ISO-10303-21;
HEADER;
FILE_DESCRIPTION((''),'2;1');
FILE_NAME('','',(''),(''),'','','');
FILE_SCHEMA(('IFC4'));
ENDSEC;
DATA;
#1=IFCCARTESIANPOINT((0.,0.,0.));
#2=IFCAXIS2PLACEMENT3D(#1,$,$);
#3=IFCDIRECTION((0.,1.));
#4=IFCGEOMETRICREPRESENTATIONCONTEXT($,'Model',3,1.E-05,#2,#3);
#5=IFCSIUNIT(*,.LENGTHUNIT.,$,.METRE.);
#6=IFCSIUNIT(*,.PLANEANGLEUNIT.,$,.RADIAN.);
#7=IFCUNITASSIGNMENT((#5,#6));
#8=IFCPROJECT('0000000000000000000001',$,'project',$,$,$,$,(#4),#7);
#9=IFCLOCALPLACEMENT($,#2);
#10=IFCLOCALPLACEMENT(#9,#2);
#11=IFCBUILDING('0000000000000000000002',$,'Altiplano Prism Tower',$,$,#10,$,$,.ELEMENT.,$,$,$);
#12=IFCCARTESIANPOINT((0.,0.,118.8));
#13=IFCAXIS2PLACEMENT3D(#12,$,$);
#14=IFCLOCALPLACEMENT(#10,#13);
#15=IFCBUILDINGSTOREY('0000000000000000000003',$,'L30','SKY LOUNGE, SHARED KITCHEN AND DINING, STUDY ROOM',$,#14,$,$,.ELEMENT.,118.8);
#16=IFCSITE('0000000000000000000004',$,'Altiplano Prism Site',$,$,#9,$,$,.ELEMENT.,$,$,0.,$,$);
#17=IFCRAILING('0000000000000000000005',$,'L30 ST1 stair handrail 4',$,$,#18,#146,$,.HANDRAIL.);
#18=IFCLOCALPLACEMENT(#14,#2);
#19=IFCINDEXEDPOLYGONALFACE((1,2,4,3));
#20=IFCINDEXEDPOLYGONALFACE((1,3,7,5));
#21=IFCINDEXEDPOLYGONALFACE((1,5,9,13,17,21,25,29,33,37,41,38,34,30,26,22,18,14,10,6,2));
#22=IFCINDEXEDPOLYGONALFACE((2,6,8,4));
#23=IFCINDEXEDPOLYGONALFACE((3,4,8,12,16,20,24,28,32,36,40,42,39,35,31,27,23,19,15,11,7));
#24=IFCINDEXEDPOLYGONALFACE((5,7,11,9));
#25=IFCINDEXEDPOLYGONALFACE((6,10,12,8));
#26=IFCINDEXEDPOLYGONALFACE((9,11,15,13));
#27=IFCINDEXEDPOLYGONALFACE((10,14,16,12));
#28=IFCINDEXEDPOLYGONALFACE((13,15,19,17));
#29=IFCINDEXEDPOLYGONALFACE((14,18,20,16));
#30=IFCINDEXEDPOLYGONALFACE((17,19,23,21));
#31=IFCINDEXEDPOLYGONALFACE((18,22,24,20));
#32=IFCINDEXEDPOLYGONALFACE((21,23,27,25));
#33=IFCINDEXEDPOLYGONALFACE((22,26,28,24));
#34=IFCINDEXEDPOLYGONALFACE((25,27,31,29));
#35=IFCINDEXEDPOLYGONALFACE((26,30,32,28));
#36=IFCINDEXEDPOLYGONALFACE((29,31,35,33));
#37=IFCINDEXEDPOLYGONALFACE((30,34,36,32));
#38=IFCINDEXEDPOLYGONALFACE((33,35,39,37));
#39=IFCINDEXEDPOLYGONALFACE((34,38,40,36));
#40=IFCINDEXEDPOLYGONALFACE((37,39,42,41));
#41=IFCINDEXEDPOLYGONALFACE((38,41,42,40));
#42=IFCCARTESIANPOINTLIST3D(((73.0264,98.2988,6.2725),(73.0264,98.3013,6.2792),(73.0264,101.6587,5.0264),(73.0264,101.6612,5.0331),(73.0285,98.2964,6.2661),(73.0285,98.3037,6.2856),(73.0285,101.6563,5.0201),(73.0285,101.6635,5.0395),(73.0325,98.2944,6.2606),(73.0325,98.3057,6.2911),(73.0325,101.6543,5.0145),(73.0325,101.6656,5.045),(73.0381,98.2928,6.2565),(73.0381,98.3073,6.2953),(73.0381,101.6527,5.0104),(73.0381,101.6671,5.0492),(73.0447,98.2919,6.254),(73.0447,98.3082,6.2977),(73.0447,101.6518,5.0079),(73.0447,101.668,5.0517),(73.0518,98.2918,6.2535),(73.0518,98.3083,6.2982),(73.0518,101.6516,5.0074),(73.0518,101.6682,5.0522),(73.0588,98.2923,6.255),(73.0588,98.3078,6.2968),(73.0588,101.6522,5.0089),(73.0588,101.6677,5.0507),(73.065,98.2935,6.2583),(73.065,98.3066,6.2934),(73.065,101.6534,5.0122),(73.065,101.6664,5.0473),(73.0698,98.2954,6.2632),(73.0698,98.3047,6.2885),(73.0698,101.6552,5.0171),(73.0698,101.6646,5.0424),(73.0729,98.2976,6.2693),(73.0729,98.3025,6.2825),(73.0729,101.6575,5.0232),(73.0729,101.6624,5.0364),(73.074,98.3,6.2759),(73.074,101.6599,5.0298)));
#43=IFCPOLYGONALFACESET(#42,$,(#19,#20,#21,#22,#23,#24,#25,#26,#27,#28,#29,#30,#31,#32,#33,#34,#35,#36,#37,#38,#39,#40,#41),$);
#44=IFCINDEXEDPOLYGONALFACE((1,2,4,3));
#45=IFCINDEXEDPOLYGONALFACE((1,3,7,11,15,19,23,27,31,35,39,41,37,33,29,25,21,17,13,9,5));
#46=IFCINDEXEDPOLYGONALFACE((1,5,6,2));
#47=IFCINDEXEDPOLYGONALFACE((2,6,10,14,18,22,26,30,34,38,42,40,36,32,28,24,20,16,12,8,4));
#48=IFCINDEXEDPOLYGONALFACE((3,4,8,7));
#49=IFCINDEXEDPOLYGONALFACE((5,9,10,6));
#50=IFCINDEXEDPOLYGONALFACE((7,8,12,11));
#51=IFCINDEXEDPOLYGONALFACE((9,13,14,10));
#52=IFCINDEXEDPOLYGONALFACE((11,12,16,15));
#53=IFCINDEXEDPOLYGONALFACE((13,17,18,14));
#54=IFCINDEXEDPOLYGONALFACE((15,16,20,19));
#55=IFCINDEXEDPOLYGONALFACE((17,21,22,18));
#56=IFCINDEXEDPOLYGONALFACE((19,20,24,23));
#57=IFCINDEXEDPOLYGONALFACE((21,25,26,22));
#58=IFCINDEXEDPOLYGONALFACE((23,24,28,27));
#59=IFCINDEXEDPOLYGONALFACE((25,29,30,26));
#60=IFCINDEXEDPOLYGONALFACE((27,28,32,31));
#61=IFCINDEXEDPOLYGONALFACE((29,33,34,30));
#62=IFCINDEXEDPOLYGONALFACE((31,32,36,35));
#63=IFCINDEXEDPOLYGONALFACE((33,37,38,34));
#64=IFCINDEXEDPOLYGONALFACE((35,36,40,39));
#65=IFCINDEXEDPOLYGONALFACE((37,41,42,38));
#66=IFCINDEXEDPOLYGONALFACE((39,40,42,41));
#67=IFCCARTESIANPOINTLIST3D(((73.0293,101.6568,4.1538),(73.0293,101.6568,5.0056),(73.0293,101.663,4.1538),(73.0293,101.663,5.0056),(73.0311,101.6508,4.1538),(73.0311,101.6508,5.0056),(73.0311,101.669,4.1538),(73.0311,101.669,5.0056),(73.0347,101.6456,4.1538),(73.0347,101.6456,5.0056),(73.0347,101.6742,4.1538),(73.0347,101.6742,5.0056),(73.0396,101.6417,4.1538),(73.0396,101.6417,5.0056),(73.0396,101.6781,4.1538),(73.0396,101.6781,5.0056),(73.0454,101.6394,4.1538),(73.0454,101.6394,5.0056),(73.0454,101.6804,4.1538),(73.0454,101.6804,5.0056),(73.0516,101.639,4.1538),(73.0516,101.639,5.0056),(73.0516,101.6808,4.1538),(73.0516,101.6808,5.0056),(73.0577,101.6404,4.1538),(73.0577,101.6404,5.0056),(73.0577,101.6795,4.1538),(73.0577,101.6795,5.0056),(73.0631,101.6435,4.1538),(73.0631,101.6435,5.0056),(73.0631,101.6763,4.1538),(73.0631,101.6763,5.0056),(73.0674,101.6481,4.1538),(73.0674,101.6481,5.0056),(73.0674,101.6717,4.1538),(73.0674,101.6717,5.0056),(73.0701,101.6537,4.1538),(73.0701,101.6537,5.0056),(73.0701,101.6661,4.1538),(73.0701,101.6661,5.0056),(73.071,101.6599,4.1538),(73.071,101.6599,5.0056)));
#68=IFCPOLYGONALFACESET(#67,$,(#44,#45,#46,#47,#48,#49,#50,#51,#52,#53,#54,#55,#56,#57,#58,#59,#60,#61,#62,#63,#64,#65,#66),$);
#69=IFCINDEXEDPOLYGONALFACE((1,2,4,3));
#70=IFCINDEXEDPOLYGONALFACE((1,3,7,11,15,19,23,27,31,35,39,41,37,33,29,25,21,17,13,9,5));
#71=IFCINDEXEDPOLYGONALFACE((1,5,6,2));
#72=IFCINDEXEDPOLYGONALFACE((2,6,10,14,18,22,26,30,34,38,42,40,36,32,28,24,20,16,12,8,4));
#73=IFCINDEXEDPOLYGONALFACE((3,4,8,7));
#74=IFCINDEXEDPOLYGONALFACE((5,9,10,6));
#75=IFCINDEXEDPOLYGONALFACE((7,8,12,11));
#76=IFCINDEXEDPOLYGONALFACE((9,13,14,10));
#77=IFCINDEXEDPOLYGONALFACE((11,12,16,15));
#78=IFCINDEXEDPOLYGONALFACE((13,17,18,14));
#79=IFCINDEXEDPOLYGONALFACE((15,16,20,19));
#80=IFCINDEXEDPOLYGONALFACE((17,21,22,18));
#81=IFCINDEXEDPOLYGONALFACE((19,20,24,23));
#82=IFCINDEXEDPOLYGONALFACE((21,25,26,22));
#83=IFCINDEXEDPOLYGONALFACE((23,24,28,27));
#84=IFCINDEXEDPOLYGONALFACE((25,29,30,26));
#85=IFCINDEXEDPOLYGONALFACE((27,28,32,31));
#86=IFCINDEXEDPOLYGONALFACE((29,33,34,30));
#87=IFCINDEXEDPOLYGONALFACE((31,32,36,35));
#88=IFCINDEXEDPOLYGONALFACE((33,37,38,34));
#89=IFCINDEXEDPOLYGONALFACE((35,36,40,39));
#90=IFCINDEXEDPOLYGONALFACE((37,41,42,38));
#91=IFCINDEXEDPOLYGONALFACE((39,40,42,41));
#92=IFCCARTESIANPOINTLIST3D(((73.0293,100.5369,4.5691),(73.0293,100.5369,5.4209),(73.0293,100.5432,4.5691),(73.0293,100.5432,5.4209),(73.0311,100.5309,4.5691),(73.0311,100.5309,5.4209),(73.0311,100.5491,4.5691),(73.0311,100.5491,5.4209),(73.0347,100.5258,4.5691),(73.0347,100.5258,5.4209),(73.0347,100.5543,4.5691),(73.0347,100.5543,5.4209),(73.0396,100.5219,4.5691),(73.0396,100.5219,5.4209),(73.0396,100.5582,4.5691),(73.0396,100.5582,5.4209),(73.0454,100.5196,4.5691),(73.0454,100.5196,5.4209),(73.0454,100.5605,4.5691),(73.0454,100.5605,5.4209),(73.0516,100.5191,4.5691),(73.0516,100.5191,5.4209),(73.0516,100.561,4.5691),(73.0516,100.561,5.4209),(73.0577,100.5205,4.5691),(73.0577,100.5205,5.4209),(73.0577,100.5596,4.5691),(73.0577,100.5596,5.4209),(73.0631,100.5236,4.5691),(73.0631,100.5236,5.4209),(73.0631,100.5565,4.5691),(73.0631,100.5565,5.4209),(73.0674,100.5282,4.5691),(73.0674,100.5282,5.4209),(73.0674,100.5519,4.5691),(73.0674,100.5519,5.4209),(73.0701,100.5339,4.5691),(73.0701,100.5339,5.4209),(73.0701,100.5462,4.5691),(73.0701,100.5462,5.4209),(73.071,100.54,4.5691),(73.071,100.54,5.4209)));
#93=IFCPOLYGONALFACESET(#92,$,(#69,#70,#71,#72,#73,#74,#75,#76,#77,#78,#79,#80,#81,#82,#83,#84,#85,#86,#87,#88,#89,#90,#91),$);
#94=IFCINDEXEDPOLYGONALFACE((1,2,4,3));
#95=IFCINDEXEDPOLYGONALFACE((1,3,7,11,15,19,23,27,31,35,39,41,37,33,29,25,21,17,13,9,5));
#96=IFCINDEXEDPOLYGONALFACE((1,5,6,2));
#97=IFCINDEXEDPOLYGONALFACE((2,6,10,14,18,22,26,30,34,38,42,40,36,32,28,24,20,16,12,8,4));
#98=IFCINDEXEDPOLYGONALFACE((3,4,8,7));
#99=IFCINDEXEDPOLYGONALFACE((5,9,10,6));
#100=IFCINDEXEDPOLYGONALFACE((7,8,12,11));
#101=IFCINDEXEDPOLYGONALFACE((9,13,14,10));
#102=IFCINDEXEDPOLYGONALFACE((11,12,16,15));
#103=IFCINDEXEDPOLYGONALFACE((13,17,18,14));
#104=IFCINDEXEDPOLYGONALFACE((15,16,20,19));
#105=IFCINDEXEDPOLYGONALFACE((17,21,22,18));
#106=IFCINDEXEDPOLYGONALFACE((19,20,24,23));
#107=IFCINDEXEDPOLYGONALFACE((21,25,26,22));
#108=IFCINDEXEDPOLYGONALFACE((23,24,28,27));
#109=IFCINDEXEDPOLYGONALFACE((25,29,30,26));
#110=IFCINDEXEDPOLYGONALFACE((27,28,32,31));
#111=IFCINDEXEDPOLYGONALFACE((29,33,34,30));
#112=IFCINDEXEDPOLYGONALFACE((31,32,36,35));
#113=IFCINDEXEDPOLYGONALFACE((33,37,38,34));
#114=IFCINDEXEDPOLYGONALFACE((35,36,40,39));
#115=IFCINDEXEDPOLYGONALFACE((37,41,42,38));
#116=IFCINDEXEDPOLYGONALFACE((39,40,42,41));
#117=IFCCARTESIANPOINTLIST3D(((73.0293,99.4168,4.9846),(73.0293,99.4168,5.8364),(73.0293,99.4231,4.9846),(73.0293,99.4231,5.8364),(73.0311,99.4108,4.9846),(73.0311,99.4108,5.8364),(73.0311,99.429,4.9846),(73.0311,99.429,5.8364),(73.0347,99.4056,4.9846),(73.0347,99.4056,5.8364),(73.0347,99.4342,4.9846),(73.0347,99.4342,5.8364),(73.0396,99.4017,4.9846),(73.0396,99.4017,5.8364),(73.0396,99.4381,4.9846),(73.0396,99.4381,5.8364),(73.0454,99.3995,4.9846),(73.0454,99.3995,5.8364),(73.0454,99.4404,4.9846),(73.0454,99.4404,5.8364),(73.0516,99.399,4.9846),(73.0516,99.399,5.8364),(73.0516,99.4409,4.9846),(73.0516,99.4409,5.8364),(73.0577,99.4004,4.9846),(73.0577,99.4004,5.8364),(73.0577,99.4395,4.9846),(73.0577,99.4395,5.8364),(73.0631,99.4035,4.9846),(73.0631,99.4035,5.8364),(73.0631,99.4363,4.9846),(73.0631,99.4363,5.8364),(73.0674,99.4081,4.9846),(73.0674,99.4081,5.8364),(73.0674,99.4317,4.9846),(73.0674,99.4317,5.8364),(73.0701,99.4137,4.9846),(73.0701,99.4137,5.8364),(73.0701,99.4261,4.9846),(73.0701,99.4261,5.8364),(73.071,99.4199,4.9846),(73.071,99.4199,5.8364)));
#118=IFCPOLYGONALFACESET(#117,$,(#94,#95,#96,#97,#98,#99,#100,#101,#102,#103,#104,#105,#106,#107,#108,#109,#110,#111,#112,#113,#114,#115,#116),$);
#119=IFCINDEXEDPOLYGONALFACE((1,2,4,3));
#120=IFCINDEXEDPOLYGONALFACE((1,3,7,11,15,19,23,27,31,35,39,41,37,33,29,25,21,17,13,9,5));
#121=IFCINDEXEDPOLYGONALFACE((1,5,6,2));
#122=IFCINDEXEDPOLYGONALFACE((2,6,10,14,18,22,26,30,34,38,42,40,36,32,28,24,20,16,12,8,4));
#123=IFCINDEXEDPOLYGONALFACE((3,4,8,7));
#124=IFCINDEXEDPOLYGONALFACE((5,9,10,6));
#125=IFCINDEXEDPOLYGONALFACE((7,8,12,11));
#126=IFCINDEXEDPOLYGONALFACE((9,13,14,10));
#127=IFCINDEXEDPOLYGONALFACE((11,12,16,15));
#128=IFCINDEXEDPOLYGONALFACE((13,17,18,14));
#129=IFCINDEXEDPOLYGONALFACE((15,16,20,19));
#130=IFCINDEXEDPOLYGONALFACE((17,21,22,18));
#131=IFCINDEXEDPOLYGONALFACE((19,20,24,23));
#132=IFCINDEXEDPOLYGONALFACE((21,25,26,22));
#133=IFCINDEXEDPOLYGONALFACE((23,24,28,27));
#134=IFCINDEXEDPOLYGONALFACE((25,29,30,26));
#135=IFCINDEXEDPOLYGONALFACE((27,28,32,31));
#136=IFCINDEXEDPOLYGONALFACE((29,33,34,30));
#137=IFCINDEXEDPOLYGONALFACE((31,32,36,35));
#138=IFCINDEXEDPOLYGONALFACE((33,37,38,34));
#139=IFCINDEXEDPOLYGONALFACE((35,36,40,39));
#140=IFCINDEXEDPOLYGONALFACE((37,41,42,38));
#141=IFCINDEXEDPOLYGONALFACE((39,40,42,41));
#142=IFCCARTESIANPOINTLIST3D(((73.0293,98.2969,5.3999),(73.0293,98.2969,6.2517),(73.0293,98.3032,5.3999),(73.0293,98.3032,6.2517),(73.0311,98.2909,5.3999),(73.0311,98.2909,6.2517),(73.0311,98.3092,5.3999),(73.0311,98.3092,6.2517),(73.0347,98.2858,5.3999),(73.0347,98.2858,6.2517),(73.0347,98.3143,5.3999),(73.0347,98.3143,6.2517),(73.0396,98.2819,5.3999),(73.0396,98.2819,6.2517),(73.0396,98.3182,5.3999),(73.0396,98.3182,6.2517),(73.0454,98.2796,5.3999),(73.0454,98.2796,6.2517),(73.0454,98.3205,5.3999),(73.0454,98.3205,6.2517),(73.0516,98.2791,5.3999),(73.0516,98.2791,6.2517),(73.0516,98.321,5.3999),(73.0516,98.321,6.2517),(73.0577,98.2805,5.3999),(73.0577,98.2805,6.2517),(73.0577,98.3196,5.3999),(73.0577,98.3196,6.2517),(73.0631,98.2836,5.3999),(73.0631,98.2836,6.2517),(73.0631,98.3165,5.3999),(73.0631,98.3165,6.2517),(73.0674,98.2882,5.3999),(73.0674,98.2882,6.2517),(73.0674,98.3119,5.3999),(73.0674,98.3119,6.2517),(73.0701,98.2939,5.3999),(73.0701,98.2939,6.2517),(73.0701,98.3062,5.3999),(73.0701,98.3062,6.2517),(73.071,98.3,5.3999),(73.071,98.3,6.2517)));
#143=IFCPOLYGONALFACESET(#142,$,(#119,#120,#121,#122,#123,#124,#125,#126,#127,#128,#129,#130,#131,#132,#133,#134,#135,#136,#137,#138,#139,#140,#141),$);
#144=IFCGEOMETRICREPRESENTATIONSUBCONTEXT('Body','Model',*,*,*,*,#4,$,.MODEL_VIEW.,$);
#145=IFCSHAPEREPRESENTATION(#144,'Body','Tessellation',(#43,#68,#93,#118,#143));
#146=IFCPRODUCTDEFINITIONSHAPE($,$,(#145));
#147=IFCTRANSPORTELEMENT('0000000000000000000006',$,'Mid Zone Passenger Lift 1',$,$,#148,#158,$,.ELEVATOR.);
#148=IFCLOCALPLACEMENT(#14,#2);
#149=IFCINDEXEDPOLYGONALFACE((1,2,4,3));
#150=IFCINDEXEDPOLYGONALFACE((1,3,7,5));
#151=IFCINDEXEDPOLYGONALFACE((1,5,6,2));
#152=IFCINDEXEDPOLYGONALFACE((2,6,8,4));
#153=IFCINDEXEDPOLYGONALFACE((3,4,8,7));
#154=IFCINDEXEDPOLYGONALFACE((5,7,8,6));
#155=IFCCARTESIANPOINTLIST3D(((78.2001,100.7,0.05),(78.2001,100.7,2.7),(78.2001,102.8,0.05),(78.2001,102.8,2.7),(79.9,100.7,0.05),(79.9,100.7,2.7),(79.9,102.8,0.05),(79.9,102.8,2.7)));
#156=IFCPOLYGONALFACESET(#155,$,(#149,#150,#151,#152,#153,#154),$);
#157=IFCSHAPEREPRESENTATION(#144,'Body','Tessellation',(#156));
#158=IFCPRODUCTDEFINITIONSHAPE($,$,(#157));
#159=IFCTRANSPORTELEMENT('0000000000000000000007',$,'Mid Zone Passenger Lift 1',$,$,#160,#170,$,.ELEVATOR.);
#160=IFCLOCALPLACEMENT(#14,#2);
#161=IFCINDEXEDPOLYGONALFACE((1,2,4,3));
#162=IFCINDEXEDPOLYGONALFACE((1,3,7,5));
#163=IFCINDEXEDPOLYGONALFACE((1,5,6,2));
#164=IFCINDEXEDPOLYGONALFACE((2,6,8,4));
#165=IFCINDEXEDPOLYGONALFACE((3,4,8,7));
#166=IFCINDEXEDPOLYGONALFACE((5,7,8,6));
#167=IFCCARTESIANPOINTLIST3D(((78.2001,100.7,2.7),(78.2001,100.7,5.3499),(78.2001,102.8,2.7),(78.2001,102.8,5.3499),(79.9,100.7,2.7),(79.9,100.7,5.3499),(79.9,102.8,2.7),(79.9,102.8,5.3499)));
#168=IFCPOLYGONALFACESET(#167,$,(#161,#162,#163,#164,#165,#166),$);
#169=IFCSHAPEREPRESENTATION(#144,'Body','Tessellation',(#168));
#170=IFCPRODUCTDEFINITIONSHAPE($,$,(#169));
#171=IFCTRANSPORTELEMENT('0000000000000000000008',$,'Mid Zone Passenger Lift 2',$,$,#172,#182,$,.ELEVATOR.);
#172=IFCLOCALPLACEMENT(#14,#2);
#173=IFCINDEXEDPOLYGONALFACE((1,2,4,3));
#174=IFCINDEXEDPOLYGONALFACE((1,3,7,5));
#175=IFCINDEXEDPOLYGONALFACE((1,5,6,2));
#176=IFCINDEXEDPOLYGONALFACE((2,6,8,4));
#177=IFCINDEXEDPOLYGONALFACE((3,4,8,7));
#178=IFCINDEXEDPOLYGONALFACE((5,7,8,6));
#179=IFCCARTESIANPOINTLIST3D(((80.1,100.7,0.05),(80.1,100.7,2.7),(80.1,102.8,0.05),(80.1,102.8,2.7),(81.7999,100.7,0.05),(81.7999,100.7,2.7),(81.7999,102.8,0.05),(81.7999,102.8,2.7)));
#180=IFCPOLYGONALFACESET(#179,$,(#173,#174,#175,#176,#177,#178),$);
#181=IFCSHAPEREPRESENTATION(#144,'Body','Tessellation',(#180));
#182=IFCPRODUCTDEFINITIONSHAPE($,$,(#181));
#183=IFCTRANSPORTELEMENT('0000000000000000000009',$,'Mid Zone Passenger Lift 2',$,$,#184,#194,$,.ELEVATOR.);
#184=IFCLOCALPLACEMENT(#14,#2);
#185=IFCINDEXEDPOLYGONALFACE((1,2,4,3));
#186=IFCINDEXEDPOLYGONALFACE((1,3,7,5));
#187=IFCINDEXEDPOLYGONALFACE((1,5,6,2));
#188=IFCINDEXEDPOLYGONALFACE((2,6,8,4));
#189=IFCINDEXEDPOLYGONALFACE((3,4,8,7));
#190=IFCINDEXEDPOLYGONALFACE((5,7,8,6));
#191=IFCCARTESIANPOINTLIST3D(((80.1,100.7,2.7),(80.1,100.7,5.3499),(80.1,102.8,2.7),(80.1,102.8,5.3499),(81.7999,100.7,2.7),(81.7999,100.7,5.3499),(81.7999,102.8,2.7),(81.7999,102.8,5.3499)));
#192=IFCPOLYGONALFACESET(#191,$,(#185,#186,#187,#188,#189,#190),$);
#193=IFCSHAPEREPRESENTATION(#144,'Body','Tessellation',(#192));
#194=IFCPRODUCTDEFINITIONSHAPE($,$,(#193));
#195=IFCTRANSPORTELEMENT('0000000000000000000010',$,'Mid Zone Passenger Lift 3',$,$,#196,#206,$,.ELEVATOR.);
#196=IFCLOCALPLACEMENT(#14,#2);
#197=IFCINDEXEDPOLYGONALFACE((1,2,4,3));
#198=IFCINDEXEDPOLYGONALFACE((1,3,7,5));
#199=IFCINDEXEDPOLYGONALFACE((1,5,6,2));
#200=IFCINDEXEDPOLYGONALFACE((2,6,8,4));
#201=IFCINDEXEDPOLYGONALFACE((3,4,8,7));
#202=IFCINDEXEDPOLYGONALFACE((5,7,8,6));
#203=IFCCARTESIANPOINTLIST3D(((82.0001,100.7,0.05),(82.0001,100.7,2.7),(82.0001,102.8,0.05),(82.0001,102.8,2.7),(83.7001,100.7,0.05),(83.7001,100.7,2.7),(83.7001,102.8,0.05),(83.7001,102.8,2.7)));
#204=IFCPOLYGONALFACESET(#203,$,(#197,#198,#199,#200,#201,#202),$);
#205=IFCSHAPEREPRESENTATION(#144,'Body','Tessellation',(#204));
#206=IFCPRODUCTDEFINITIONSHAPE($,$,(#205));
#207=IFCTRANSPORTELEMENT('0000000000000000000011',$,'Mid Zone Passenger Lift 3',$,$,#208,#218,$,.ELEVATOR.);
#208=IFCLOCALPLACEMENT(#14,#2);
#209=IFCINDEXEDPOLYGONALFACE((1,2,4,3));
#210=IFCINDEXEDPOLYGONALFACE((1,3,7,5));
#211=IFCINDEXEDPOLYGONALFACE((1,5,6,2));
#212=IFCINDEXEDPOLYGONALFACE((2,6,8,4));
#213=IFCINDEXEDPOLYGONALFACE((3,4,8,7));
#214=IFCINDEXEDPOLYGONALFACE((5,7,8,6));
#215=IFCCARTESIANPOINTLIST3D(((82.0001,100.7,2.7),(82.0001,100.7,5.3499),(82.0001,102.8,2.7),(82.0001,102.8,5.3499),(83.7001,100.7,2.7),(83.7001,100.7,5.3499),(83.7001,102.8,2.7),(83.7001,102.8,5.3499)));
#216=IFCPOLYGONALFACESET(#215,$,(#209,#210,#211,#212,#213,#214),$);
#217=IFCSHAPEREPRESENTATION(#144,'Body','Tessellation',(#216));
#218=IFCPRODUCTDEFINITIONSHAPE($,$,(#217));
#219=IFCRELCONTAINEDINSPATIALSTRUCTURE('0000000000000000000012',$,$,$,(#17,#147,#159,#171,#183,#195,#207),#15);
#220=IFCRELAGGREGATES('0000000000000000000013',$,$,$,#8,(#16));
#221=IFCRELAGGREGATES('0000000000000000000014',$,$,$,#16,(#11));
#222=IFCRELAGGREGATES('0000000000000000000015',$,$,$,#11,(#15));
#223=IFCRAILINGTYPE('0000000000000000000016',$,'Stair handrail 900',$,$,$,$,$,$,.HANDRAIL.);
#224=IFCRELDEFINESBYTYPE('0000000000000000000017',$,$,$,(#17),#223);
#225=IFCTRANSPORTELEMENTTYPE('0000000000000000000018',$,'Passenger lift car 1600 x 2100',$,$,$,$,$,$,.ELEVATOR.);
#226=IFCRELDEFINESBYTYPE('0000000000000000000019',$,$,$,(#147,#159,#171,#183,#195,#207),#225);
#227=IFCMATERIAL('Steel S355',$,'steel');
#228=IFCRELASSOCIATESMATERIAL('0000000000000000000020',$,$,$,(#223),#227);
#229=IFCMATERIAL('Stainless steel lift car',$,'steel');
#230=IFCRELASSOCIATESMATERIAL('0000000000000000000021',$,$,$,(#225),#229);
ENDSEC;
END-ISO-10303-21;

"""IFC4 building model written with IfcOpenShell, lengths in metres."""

from ifc_helpers import new_model, si_unit, direction, frame, origin, origin_2d, place, context, subcontext, project, spatial, rectangle, circle, extrude, material, type_object, element, save


model = new_model("IFC4")

# Units and contexts
model_context = context("Model", 3, precision=1e-05, world=origin(), true_north=direction((0.0, 1.0)))
body_context = subcontext(model_context, "Body", "Model", "MODEL_VIEW")
ifc_project = project(units=[si_unit("LENGTHUNIT", "METRE"), si_unit("PLANEANGLEUNIT", "RADIAN")], contexts=[model_context])

# Site, building, storey
site_placement = place(None, origin())
site = spatial("IfcSite", under=ifc_project, at=site_placement, Name="Altiplano Prism Site", CompositionType="ELEMENT", RefElevation=0.0)
building_placement = place(site_placement, origin())
building = spatial("IfcBuilding", under=site, at=building_placement, Name="Altiplano Prism Tower", CompositionType="ELEMENT")
storey_placement = place(building_placement, frame((0.0, 0.0, 118.8)))
storey = spatial("IfcBuildingStorey", under=building, at=storey_placement, Name="L30", Description="SKY LOUNGE, SHARED KITCHEN AND DINING, STUDY ROOM", CompositionType="ELEMENT", Elevation=118.8)

# Railing
ifc_material_1 = material(Name="Steel S355", Category="steel")
railing_type = type_object("IfcRailingType", Name="Stair handrail 900", PredefinedType="HANDRAIL", material=ifc_material_1)
for number, where, name in (
    (1, (73.05, 101.6599, 4.1538), "L30 ST1 stair handrail 4"),
):
    element("IfcRailing", number, at=place(storey_placement, frame(where)), inside=storey, type_object=railing_type, Name=name, PredefinedType="HANDRAIL", context=body_context, shape_type="SweptSolid", body=[
        extrude(circle(Radius=0.0239, at=origin_2d()), frame((0.0, 0.0, 0.876), z_axis=(0.0, -0.937594, 0.347731), x_axis=(1.0, 0.0, 0.0)), (0.0, 0.0, 1.0), 3.5835),
        extrude(circle(Radius=0.021, at=origin_2d()), origin(), (0.0, 0.0, 1.0), 0.8518),
        extrude(circle(Radius=0.021, at=origin_2d()), frame((0.0, -1.1199, 0.4153)), (0.0, 0.0, 1.0), 0.8518),
        extrude(circle(Radius=0.021, at=origin_2d()), frame((0.0, -2.24, 0.8308)), (0.0, 0.0, 1.0), 0.8518),
        extrude(circle(Radius=0.021, at=origin_2d()), frame((0.0, -3.3599, 1.2461)), (0.0, 0.0, 1.0), 0.8518),
    ])

# Transport elements
ifc_material_2 = material(Name="Stainless steel lift car", Category="steel")
transport_element_type = type_object("IfcTransportElementType", Name="Passenger lift car 1600 x 2100", PredefinedType="ELEVATOR", material=ifc_material_2)
for number, where, z_axis, x_axis, name in (
    (2, (79.05, 101.75, 0.05), (0.0, 0.0, 1.0), (1.0, 0.0, 0.0), "Mid Zone Passenger Lift 1"),
    (3, (79.05, 101.75, 2.7), (0.0, 0.0, 1.0), (1.0, 0.0, 0.0), "Mid Zone Passenger Lift 1"),
    (4, (80.95, 101.75, 0.05), (0.0, 0.0, 1.0), (1.0, 0.0, 0.0), "Mid Zone Passenger Lift 2"),
    (5, (80.95, 101.75, 2.7), (0.0, 0.0, 1.0), (1.0, 0.0, 0.0), "Mid Zone Passenger Lift 2"),
    (6, (82.8501, 101.75, 0.05), (0.0, 0.0, 1.0), (1.0, 0.0, 0.0), "Mid Zone Passenger Lift 3"),
    (7, (82.8501, 101.75, 2.7), (0.0, 0.0, 1.0), (1.0, 0.0, 0.0), "Mid Zone Passenger Lift 3"),
):
    element("IfcTransportElement", number, at=place(storey_placement, frame(where, z_axis=z_axis, x_axis=x_axis)), inside=storey, type_object=transport_element_type, Name=name, PredefinedType="ELEVATOR", context=body_context, shape_type="SweptSolid", body=[
        extrude(rectangle(XDim=1.7, YDim=2.1001, at=origin_2d()), origin(), (0.0, 0.0, 1.0), 2.6499),
    ])

save(model, "model.ifc")
